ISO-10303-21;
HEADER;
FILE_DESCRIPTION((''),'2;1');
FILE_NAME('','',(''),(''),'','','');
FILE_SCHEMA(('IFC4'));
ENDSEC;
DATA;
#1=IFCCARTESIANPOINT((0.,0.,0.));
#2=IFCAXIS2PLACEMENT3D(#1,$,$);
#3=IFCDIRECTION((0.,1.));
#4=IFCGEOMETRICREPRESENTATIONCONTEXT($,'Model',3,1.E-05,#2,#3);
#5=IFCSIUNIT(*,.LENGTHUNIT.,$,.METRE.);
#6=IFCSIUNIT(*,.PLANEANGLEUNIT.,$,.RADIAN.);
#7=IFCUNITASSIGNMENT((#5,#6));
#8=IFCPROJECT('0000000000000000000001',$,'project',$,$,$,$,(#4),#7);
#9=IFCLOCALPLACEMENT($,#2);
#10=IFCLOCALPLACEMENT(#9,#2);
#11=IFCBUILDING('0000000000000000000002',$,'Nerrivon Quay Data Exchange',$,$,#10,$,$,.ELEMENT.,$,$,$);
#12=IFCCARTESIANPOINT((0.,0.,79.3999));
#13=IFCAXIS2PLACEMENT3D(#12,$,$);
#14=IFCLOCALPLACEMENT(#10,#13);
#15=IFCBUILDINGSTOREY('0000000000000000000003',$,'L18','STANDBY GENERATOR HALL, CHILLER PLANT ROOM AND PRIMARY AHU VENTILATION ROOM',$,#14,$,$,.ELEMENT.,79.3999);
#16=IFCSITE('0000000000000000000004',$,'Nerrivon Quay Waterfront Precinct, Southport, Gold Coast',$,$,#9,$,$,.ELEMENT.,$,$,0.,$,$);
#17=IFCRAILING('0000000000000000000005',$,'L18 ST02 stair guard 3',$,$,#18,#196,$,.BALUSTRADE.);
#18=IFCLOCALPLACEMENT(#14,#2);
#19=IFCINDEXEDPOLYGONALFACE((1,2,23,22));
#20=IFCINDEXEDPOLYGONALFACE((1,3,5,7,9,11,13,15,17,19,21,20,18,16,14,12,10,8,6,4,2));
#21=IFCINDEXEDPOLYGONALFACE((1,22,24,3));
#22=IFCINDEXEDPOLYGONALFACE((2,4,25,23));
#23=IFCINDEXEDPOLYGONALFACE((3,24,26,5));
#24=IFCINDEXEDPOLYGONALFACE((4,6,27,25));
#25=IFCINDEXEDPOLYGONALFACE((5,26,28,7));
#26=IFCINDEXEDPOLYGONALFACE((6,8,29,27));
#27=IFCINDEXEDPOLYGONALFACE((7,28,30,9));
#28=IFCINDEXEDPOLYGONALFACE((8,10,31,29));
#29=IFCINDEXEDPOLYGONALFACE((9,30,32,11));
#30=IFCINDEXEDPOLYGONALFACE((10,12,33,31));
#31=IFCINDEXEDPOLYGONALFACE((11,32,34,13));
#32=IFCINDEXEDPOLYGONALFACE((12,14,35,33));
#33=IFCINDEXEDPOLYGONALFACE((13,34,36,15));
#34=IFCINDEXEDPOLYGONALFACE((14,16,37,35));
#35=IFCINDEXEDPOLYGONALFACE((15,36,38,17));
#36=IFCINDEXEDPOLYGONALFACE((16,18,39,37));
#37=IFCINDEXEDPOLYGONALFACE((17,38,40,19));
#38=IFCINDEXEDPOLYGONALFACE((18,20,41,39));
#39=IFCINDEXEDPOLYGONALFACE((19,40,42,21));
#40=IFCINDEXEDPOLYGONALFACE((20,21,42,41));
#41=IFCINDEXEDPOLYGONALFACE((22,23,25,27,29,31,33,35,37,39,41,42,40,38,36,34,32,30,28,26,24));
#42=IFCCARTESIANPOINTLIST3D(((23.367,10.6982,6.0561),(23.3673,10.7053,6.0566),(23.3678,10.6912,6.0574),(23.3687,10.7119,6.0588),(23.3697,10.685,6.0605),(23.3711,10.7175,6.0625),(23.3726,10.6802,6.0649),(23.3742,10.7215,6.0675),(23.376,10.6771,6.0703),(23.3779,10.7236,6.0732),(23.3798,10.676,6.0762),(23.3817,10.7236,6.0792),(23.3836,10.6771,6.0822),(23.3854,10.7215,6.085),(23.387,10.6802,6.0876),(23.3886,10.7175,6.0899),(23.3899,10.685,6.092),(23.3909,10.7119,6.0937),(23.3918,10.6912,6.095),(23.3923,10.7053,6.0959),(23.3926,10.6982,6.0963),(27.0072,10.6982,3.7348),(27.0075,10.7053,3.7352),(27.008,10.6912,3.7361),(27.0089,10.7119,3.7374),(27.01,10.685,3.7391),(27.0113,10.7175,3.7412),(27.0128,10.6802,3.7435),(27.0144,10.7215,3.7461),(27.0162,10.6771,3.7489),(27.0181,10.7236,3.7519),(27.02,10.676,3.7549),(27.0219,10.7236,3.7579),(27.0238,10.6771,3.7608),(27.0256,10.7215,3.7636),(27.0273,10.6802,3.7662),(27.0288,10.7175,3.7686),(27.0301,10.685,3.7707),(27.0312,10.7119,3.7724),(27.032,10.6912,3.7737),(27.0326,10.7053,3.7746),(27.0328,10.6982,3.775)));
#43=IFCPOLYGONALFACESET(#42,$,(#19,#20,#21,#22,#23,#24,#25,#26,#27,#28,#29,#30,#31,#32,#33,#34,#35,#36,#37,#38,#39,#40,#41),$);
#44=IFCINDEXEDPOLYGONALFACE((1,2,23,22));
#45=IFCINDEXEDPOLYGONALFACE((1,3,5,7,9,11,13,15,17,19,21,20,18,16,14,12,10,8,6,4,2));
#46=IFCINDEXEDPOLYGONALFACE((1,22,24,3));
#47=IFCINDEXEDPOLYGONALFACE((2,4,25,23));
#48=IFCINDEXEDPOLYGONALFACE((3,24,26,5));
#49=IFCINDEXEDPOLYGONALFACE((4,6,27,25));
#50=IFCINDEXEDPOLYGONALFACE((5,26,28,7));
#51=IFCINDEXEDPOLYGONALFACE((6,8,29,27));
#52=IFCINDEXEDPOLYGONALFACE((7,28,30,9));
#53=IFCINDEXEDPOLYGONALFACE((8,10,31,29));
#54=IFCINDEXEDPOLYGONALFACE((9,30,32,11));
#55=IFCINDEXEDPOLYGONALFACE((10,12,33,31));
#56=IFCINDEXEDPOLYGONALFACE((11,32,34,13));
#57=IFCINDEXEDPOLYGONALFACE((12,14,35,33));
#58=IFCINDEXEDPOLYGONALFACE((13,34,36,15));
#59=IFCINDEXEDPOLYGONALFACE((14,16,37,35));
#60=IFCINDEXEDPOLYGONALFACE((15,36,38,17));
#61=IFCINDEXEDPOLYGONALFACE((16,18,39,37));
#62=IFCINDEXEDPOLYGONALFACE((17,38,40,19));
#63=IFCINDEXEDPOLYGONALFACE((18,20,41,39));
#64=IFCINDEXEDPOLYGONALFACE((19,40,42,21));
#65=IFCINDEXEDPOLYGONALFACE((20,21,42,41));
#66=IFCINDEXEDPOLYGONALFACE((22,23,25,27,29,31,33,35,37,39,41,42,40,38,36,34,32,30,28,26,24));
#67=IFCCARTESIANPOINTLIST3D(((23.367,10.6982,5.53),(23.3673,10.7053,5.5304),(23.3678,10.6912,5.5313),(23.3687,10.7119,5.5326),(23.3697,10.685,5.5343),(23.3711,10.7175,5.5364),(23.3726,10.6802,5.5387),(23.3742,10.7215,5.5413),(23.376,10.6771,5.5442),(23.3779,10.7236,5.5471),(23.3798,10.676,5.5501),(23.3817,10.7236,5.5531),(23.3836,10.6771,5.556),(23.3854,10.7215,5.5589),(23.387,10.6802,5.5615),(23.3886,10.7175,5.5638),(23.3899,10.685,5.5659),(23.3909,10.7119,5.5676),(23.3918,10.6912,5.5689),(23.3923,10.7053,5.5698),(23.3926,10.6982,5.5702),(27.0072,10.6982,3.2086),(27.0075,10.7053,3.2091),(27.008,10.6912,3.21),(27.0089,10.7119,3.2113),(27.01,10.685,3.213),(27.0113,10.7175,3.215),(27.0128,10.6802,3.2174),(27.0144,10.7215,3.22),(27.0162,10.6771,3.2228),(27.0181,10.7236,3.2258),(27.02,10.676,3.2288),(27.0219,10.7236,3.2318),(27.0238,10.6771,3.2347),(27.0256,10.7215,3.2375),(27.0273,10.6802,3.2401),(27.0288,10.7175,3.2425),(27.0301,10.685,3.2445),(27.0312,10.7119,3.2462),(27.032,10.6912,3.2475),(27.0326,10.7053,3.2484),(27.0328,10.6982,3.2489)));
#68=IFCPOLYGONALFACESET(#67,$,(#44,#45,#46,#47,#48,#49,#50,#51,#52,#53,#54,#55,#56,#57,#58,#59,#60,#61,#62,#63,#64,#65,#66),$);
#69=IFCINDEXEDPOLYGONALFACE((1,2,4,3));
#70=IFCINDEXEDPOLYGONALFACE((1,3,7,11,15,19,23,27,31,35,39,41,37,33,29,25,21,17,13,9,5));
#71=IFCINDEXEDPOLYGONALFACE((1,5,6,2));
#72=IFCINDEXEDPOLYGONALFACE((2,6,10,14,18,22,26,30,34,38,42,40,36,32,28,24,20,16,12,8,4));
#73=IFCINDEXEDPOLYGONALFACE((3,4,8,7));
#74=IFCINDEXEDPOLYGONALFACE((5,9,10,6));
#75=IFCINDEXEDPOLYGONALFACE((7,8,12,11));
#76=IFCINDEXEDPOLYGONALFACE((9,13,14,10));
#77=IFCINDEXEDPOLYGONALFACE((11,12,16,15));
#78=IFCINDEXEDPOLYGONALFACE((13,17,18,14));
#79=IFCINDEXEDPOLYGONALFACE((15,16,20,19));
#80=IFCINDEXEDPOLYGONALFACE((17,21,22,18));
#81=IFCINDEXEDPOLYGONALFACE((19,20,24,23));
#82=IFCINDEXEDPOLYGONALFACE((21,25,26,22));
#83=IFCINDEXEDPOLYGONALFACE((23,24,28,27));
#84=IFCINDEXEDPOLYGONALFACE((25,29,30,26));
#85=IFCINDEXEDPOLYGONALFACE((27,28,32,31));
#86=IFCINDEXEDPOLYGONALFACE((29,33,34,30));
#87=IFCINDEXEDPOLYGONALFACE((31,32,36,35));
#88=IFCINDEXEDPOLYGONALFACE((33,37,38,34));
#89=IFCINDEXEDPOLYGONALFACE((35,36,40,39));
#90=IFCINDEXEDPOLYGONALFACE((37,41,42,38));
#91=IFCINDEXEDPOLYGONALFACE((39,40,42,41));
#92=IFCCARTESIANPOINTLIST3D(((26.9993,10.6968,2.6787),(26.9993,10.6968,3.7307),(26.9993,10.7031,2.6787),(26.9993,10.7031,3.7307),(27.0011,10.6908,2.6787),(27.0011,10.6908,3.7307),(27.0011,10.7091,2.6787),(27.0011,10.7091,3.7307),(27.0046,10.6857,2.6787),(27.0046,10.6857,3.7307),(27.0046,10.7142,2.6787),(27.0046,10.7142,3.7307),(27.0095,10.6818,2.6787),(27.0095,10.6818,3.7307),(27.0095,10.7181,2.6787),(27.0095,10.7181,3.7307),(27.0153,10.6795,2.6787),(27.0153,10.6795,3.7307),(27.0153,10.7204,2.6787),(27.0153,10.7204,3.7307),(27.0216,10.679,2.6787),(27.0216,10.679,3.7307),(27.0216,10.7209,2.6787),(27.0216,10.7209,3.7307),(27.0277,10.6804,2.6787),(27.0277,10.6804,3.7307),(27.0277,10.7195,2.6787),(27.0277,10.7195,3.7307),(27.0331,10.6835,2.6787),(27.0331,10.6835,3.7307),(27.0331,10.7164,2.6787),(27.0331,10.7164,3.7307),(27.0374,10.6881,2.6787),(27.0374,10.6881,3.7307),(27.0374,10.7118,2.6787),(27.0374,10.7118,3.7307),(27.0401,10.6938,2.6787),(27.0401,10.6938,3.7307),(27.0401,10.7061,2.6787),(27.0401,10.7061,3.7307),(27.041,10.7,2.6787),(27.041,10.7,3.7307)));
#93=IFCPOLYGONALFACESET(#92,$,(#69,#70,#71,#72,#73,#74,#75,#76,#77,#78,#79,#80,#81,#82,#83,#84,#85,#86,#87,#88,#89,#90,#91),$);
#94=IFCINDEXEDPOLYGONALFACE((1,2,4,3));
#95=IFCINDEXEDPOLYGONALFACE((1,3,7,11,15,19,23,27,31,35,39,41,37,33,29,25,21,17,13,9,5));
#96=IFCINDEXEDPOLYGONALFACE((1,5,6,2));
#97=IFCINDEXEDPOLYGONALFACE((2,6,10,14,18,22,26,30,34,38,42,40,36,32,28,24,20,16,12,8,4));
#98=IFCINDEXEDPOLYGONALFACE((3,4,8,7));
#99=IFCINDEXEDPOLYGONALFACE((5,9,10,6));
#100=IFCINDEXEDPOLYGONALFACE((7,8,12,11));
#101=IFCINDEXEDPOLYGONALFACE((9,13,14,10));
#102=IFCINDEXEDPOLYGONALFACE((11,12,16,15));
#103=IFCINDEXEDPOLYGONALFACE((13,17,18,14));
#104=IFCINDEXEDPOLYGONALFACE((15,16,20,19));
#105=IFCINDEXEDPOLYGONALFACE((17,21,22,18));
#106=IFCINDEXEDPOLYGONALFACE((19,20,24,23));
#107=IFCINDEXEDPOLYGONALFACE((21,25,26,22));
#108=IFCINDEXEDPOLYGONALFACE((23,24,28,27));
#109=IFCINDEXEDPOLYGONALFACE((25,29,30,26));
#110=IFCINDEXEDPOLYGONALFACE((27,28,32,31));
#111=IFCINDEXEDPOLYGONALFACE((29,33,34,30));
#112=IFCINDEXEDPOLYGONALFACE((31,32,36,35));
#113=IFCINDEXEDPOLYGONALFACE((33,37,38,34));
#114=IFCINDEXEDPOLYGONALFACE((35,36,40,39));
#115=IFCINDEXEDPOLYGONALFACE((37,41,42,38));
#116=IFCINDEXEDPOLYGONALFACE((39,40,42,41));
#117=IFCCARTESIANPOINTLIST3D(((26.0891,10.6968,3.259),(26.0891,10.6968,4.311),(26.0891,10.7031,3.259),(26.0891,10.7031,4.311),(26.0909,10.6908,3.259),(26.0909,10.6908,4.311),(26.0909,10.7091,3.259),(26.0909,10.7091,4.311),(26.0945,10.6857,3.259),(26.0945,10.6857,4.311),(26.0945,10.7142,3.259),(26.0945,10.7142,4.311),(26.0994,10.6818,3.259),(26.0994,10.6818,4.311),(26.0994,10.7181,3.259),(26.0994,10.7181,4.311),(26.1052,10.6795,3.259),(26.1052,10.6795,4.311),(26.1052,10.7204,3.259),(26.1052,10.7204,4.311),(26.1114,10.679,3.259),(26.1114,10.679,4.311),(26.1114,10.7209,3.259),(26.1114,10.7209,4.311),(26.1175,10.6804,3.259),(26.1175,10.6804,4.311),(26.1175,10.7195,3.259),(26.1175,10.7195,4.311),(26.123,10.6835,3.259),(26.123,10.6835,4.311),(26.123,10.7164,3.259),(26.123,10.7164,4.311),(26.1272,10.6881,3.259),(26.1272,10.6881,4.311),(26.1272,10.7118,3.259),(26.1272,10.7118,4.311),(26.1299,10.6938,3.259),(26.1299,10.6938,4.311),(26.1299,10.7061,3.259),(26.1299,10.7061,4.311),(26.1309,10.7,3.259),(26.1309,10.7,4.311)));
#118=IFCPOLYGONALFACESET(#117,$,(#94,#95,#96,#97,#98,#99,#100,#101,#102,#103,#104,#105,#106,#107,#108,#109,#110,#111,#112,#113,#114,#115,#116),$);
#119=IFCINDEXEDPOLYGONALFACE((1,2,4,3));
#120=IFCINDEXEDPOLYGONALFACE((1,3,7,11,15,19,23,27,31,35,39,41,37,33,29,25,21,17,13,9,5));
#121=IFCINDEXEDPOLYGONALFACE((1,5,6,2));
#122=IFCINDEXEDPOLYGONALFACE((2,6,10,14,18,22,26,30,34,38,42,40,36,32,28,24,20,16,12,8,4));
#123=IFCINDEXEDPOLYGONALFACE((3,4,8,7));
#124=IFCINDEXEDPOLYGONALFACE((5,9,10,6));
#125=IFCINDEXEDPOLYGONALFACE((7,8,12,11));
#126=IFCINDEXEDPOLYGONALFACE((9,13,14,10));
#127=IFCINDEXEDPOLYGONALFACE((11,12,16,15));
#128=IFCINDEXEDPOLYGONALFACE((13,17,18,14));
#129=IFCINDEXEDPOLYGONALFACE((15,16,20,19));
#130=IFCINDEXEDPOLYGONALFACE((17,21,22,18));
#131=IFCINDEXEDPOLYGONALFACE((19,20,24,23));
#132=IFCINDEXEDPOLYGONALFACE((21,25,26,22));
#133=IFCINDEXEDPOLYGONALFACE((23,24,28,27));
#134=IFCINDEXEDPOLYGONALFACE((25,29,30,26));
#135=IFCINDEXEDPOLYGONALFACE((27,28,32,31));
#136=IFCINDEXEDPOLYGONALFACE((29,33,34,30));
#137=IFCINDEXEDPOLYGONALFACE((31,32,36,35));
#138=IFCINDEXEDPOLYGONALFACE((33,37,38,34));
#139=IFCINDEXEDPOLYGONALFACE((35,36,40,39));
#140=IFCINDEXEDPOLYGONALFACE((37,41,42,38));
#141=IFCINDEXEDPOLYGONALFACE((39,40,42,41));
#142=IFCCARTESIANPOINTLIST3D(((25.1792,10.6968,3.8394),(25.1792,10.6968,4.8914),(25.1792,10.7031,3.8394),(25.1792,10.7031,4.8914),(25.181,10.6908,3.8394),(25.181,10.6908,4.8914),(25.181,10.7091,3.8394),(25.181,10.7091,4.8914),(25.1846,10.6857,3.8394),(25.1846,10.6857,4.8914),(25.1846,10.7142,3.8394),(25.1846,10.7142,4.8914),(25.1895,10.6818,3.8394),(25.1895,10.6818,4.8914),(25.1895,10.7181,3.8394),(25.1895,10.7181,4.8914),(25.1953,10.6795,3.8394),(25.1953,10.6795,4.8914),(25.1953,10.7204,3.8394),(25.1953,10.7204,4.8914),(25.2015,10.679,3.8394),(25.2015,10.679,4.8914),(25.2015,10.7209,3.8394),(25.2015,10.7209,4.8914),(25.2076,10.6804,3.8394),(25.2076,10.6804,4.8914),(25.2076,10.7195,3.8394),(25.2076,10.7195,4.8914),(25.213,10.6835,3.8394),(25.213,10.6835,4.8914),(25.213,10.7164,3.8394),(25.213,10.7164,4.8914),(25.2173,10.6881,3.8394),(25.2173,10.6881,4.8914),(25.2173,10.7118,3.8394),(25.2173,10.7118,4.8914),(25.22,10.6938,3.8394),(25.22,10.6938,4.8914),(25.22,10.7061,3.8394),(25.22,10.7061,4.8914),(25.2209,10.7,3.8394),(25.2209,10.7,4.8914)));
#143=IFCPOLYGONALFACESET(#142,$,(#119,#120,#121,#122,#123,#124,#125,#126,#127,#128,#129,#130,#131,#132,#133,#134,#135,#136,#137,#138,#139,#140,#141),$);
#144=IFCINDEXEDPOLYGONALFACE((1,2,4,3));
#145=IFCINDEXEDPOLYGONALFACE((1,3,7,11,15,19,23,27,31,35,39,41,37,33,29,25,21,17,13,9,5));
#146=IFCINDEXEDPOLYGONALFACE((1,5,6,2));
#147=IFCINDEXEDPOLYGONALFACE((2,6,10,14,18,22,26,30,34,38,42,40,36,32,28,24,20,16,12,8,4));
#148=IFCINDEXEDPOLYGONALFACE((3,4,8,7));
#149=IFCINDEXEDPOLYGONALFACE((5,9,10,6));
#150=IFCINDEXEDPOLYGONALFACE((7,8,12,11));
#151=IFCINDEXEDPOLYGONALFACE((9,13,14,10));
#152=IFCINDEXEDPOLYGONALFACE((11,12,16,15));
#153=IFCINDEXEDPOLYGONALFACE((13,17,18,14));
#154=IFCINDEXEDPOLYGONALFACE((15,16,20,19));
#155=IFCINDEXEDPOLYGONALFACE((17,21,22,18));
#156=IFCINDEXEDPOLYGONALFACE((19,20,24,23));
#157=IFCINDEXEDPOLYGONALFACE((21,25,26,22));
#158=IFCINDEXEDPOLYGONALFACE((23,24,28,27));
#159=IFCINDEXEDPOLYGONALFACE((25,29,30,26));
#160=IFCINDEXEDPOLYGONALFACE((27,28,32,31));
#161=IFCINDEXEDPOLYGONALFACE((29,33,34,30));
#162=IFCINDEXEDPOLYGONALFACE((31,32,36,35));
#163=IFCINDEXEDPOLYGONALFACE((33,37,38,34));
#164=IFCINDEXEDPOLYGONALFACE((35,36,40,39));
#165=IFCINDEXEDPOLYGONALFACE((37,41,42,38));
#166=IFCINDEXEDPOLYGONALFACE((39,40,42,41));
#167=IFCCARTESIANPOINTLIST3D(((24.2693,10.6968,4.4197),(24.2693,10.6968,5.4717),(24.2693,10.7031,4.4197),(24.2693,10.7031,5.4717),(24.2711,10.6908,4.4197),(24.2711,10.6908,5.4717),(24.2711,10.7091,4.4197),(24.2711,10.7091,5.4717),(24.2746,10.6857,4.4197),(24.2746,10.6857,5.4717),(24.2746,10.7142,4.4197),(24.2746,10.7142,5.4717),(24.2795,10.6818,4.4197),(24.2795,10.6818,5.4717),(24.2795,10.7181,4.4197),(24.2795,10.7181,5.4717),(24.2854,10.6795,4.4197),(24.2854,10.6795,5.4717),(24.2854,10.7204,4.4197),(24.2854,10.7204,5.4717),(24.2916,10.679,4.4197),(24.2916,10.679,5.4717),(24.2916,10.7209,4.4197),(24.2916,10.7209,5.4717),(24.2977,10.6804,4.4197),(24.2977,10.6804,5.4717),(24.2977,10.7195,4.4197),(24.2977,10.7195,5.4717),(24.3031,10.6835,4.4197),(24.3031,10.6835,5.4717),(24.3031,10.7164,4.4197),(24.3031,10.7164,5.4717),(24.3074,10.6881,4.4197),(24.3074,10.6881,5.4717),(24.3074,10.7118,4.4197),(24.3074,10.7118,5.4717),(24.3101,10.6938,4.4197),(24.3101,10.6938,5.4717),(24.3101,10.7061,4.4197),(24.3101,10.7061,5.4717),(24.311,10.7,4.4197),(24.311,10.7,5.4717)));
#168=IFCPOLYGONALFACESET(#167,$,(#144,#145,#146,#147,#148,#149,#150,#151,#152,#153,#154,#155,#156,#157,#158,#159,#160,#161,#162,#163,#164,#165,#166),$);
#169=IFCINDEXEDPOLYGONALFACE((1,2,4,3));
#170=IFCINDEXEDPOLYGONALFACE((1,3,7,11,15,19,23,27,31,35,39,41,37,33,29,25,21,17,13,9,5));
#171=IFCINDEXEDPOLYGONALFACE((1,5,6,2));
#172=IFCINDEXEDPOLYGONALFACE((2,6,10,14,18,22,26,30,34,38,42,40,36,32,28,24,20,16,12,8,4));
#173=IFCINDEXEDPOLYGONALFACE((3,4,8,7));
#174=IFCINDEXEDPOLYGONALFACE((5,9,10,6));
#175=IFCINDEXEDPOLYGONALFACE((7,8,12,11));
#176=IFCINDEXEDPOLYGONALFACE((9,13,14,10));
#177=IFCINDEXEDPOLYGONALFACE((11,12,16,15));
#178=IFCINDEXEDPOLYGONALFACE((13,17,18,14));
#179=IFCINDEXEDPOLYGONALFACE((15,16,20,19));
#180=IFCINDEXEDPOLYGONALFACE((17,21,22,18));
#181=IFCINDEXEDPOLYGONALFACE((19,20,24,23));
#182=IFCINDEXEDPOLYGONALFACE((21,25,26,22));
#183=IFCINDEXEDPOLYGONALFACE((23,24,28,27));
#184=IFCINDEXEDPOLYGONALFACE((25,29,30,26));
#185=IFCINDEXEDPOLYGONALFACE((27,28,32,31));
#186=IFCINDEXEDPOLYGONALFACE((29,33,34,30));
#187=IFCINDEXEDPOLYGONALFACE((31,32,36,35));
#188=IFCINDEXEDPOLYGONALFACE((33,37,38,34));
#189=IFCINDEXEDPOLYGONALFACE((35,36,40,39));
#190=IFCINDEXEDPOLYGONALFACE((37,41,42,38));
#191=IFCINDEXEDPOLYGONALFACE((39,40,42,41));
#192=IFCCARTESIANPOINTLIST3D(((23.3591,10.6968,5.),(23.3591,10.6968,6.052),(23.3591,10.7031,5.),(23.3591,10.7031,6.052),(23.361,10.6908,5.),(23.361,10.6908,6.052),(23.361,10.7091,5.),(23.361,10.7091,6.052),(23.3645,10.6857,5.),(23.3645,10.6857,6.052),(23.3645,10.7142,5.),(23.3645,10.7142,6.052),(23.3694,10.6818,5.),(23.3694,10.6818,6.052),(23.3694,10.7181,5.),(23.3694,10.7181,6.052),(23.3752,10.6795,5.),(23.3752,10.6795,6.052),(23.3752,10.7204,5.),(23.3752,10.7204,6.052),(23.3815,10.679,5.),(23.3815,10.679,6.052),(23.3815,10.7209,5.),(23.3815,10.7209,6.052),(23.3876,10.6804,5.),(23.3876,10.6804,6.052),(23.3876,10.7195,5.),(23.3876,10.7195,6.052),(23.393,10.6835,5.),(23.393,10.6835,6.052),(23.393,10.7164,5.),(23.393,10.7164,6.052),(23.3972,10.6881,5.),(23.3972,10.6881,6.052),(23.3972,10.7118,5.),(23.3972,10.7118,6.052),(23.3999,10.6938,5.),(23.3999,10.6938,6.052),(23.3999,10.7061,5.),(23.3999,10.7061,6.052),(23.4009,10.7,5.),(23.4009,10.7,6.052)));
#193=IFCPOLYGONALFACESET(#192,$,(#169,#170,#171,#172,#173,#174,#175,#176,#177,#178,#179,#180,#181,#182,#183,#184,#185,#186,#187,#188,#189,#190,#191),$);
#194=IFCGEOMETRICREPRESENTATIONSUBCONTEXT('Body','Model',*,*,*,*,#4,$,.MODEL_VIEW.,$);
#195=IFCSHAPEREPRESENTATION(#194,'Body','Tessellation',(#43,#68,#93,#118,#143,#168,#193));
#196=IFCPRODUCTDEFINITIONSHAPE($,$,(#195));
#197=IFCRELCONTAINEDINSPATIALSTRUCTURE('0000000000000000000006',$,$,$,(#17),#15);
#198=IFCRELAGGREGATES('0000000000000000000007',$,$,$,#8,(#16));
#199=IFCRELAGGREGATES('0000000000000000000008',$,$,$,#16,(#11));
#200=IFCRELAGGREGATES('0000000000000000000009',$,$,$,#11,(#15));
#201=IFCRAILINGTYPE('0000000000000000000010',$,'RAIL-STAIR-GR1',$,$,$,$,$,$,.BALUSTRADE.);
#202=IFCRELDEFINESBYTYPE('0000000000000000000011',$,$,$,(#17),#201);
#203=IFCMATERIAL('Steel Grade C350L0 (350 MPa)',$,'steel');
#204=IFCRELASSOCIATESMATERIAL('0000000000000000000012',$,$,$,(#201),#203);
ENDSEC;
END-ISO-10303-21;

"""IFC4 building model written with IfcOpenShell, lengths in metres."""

from ifc_helpers import new_model, si_unit, direction, frame, origin, origin_2d, place, context, subcontext, project, spatial, circle, extrude, material, type_object, element, save


model = new_model("IFC4")

# Units and contexts
model_context = context("Model", 3, precision=1e-05, world=origin(), true_north=direction((0.0, 1.0)))
body_context = subcontext(model_context, "Body", "Model", "MODEL_VIEW")
ifc_project = project(units=[si_unit("LENGTHUNIT", "METRE"), si_unit("PLANEANGLEUNIT", "RADIAN")], contexts=[model_context])

# Site, building, storey
site_placement = place(None, origin())
site = spatial("IfcSite", under=ifc_project, at=site_placement, Name="Nerrivon Quay Waterfront Precinct, Southport, Gold Coast", CompositionType="ELEMENT", RefElevation=0.0)
building_placement = place(site_placement, origin())
building = spatial("IfcBuilding", under=site, at=building_placement, Name="Nerrivon Quay Data Exchange", CompositionType="ELEMENT")
storey_placement = place(building_placement, frame((0.0, 0.0, 79.3999)))
storey = spatial("IfcBuildingStorey", under=building, at=storey_placement, Name="L18", Description="STANDBY GENERATOR HALL, CHILLER PLANT ROOM AND PRIMARY AHU VENTILATION ROOM", CompositionType="ELEMENT", Elevation=79.3999)

# Railing
ifc_material_1 = material(Name="Steel Grade C350L0 (350 MPa)", Category="steel")
railing_type_1 = type_object("IfcRailingType", Name="RAIL-STAIR-GR1", PredefinedType="BALUSTRADE", material=ifc_material_1)
railing_1_placement = place(storey_placement, frame((27.02, 10.7, 2.6787)))
element("IfcRailing", 1, at=railing_1_placement, inside=storey, type_object=railing_type_1, Name="L18 ST02 stair guard 3", PredefinedType="BALUSTRADE", context=body_context, shape_type="SweptSolid", body=[
    extrude(circle(Radius=0.0239, at=origin_2d()), frame((0.0, 0.0, 1.0762), z_axis=(-0.843153, 0.0, 0.537673), x_axis=(0.0, -1.0, 0.0)), (0.0, 0.0, 1.0), 4.3174),
    extrude(circle(Radius=0.0239, at=origin_2d()), frame((0.0, 0.0, 0.55), z_axis=(-0.843153, 0.0, 0.537673), x_axis=(0.0, -1.0, 0.0)), (0.0, 0.0, 1.0), 4.3174),
    extrude(circle(Radius=0.021, at=origin_2d()), origin(), (0.0, 0.0, 1.0), 1.052),
    extrude(circle(Radius=0.021, at=origin_2d()), frame((-0.9102, 0.0, 0.5803)), (0.0, 0.0, 1.0), 1.052),
    extrude(circle(Radius=0.021, at=origin_2d()), frame((-1.8201, 0.0, 1.1606)), (0.0, 0.0, 1.0), 1.052),
    extrude(circle(Radius=0.021, at=origin_2d()), frame((-2.73, 0.0, 1.741)), (0.0, 0.0, 1.0), 1.052),
    extrude(circle(Radius=0.021, at=origin_2d()), frame((-3.6401, 0.0, 2.3213)), (0.0, 0.0, 1.0), 1.052),
])

save(model, "model.ifc")
